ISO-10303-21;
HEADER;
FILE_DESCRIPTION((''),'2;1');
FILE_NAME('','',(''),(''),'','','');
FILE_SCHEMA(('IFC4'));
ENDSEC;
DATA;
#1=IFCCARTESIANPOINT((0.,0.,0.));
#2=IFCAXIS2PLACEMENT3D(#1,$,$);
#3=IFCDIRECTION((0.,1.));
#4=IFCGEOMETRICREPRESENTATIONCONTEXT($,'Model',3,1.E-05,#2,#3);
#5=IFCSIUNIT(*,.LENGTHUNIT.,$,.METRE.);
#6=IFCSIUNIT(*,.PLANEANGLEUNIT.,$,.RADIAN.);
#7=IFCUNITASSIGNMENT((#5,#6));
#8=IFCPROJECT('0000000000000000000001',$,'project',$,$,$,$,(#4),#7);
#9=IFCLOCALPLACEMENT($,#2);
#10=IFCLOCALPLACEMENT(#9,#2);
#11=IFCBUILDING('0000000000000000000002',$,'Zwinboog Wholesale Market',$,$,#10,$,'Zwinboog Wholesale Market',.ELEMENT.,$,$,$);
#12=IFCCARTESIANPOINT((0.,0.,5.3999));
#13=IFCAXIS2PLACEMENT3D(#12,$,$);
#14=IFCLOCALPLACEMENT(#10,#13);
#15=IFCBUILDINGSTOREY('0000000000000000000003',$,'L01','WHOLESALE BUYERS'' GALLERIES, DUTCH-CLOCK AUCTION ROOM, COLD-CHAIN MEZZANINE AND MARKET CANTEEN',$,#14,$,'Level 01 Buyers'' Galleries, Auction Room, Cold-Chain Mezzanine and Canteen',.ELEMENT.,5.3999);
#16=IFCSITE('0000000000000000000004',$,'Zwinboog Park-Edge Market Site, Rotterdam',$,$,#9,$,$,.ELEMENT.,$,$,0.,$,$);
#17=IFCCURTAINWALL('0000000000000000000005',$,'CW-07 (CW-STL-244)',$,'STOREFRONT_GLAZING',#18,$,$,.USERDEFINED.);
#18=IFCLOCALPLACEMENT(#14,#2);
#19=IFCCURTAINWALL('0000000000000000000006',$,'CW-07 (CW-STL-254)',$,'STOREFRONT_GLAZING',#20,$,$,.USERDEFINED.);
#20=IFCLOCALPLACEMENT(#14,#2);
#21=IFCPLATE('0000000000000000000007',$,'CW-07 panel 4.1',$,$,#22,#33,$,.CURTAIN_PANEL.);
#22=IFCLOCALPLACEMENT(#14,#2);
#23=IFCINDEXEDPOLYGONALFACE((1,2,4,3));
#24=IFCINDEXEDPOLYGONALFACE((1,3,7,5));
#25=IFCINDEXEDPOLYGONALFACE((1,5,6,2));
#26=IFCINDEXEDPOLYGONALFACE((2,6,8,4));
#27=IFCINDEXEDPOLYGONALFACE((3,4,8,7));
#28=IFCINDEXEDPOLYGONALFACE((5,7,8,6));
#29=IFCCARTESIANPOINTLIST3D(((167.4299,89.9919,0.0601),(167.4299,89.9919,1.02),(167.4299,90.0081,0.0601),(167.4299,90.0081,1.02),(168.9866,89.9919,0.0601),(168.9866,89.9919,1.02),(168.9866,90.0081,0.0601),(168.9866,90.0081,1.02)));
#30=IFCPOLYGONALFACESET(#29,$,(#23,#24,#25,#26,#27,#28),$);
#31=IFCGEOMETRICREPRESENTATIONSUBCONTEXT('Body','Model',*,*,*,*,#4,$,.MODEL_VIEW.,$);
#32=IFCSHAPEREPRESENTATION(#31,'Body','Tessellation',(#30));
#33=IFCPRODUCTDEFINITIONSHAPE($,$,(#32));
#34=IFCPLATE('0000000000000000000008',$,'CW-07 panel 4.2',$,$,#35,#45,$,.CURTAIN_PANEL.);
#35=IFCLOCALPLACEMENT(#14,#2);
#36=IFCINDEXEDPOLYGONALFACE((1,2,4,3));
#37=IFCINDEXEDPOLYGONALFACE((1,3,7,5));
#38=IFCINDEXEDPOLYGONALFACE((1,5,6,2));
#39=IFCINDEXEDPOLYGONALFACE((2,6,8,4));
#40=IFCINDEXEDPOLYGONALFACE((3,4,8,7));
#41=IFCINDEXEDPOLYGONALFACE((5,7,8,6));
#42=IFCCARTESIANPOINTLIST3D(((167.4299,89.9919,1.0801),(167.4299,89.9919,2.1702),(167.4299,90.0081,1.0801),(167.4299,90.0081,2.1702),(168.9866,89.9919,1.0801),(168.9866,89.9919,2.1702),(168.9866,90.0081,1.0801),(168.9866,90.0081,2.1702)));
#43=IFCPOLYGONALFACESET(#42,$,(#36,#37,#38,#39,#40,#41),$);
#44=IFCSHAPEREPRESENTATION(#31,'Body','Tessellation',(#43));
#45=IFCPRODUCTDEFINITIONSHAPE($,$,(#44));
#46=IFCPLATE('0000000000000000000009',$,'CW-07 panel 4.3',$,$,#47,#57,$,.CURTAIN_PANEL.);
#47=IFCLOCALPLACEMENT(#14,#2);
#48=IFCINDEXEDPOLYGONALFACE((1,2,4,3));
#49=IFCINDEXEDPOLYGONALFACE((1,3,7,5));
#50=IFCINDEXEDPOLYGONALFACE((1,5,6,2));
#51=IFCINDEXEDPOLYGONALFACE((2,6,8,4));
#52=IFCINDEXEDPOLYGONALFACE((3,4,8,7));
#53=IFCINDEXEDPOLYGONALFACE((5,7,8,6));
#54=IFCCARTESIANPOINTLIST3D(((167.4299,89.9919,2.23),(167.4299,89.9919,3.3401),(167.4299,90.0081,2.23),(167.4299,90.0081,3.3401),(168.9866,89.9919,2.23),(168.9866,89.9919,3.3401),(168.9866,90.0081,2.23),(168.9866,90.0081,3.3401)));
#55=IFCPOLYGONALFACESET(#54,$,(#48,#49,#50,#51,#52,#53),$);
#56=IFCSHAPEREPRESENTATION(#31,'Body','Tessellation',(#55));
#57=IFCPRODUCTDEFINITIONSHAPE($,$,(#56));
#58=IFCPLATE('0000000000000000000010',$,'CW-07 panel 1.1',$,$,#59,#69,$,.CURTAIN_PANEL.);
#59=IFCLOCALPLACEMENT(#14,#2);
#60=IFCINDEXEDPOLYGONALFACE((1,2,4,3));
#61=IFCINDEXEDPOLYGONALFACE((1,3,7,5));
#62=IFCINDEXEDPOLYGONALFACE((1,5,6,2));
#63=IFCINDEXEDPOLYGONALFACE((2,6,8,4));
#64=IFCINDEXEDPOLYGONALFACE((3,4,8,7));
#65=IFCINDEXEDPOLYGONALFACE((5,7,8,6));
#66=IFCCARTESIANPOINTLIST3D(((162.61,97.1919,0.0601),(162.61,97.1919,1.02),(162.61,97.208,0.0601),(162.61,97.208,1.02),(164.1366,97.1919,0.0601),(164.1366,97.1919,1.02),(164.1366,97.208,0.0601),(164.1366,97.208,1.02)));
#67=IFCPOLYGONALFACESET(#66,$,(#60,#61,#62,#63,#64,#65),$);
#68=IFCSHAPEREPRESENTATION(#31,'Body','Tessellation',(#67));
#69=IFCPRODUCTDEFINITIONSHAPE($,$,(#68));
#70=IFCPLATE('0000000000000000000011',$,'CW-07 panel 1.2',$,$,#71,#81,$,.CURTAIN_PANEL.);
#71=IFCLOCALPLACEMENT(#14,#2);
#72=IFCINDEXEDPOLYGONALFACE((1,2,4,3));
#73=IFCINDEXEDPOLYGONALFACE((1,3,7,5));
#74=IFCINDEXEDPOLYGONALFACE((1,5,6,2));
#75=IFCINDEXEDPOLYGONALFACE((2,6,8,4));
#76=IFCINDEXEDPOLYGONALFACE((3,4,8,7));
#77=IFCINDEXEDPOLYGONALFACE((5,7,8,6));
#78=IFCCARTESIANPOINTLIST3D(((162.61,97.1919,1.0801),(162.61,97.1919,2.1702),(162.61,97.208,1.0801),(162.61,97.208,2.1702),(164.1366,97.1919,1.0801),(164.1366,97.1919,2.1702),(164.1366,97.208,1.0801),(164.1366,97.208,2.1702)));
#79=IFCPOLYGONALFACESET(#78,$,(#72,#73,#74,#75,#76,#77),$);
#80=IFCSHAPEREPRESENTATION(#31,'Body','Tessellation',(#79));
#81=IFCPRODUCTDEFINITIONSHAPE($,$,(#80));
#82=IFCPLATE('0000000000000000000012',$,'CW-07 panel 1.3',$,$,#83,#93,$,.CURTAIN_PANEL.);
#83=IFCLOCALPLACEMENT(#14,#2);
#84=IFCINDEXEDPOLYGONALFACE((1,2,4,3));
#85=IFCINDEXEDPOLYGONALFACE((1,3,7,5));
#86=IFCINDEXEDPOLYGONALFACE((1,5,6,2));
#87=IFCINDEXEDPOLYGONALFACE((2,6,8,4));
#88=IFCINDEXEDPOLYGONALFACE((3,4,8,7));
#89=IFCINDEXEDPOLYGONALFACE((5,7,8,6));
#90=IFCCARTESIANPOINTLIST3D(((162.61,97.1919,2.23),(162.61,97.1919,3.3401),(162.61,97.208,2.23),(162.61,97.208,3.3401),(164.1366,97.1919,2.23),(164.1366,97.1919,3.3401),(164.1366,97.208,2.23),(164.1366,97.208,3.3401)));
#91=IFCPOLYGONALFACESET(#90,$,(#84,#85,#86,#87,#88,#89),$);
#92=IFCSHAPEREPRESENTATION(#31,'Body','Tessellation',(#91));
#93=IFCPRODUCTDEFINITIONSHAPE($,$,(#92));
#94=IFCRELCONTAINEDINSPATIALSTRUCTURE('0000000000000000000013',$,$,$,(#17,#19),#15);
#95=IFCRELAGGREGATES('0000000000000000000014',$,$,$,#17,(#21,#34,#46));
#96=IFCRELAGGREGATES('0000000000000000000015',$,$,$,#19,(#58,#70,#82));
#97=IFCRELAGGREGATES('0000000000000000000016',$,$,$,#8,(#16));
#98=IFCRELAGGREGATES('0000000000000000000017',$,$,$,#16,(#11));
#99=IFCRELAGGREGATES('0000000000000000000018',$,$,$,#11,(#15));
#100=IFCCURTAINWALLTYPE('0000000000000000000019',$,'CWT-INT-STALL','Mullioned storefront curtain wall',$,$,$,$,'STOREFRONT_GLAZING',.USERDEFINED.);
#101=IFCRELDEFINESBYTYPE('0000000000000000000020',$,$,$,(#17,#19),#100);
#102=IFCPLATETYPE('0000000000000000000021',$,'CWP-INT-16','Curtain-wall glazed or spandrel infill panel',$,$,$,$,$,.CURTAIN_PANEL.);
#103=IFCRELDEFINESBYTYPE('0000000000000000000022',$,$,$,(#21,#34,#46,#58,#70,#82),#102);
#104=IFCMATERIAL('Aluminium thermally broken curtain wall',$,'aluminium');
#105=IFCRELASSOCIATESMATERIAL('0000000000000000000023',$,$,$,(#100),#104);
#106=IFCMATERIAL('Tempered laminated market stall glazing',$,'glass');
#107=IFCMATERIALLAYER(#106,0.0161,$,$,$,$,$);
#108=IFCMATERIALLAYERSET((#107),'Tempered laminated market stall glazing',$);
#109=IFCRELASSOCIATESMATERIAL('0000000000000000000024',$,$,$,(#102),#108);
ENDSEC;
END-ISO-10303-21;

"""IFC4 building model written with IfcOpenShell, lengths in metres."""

from ifc_helpers import new_model, si_unit, direction, frame, origin, origin_2d, place, context, subcontext, project, spatial, rectangle, extrude, material, layer, layer_set, type_object, element, aggregate, save


model = new_model("IFC4")

# Units and contexts
model_context = context("Model", 3, precision=1e-05, world=origin(), true_north=direction((0.0, 1.0)))
body_context = subcontext(model_context, "Body", "Model", "MODEL_VIEW")
ifc_project = project(units=[si_unit("LENGTHUNIT", "METRE"), si_unit("PLANEANGLEUNIT", "RADIAN")], contexts=[model_context])

# Site, building, storey
site_placement = place(None, origin())
site = spatial("IfcSite", under=ifc_project, at=site_placement, Name="Zwinboog Park-Edge Market Site, Rotterdam", CompositionType="ELEMENT", RefElevation=0.0)
building_placement = place(site_placement, origin())
building = spatial("IfcBuilding", under=site, at=building_placement, Name="Zwinboog Wholesale Market", LongName="Zwinboog Wholesale Market", CompositionType="ELEMENT")
storey_placement = place(building_placement, frame((0.0, 0.0, 5.3999)))
storey = spatial("IfcBuildingStorey", under=building, at=storey_placement, Name="L01", Description="WHOLESALE BUYERS' GALLERIES, DUTCH-CLOCK AUCTION ROOM, COLD-CHAIN MEZZANINE AND MARKET CANTEEN", LongName="Level 01 Buyers' Galleries, Auction Room, Cold-Chain Mezzanine and Canteen", CompositionType="ELEMENT", Elevation=5.3999)

# Curtain wall
ifc_material_1 = material(Name="Aluminium thermally broken curtain wall", Category="aluminium")
curtain_wall_type = type_object("IfcCurtainWallType", Name="CWT-INT-STALL", Description="Mullioned storefront curtain wall", ElementType="STOREFRONT_GLAZING", PredefinedType="USERDEFINED", material=ifc_material_1)
curtain_wall_1_placement = place(storey_placement, origin())
curtain_wall_1 = element("IfcCurtainWall", 1, at=curtain_wall_1_placement, inside=storey, type_object=curtain_wall_type, Name="CW-07 (CW-STL-244)", ObjectType="STOREFRONT_GLAZING", PredefinedType="USERDEFINED")

# Curtain wall
curtain_wall_2_placement = place(storey_placement, origin())
curtain_wall_2 = element("IfcCurtainWall", 2, at=curtain_wall_2_placement, inside=storey, type_object=curtain_wall_type, Name="CW-07 (CW-STL-254)", ObjectType="STOREFRONT_GLAZING", PredefinedType="USERDEFINED")

# Plates
ifc_material_2 = material(Name="Tempered laminated market stall glazing", Category="glass")
ifc_layer = layer(ifc_material_2, 0.0161)
ifc_layer_set = layer_set([ifc_layer], Name="Tempered laminated market stall glazing")
plate_type = type_object("IfcPlateType", Name="CWP-INT-16", Description="Curtain-wall glazed or spandrel infill panel", PredefinedType="CURTAIN_PANEL", material=ifc_layer_set)
plate_1_placement = place(storey_placement, frame((168.2083, 90.0, 0.0601), z_axis=(0.0, 0.0, 1.0), x_axis=(1.0, 0.0, 0.0)))
plate_1 = element("IfcPlate", 3, at=plate_1_placement, type_object=plate_type, Name="CW-07 panel 4.1", PredefinedType="CURTAIN_PANEL", context=body_context, shape_type="SweptSolid", body=[
    extrude(rectangle(XDim=1.5566, YDim=0.0161, at=origin_2d()), origin(), (0.0, 0.0, 1.0), 0.96),
])
plate_2_placement = place(storey_placement, frame((168.2083, 90.0, 1.0801), z_axis=(0.0, 0.0, 1.0), x_axis=(1.0, 0.0, 0.0)))
plate_2 = element("IfcPlate", 4, at=plate_2_placement, type_object=plate_type, Name="CW-07 panel 4.2", PredefinedType="CURTAIN_PANEL", context=body_context, shape_type="SweptSolid", body=[
    extrude(rectangle(XDim=1.5566, YDim=0.0161, at=origin_2d()), origin(), (0.0, 0.0, 1.0), 1.0901),
])
plate_3_placement = place(storey_placement, frame((168.2083, 90.0, 2.23), z_axis=(0.0, 0.0, 1.0), x_axis=(1.0, 0.0, 0.0)))
plate_3 = element("IfcPlate", 5, at=plate_3_placement, type_object=plate_type, Name="CW-07 panel 4.3", PredefinedType="CURTAIN_PANEL", context=body_context, shape_type="SweptSolid", body=[
    extrude(rectangle(XDim=1.5566, YDim=0.0161, at=origin_2d()), origin(), (0.0, 0.0, 1.0), 1.1101),
])
aggregate(curtain_wall_1, [plate_1, plate_2, plate_3])
plate_4_placement = place(storey_placement, frame((163.3733, 97.2, 0.0601), z_axis=(0.0, 0.0, 1.0), x_axis=(1.0, 0.0, 0.0)))
plate_4 = element("IfcPlate", 6, at=plate_4_placement, type_object=plate_type, Name="CW-07 panel 1.1", PredefinedType="CURTAIN_PANEL", context=body_context, shape_type="SweptSolid", body=[
    extrude(rectangle(XDim=1.5266, YDim=0.0161, at=origin_2d()), origin(), (0.0, 0.0, 1.0), 0.96),
])
plate_5_placement = place(storey_placement, frame((163.3733, 97.2, 1.0801), z_axis=(0.0, 0.0, 1.0), x_axis=(1.0, 0.0, 0.0)))
plate_5 = element("IfcPlate", 7, at=plate_5_placement, type_object=plate_type, Name="CW-07 panel 1.2", PredefinedType="CURTAIN_PANEL", context=body_context, shape_type="SweptSolid", body=[
    extrude(rectangle(XDim=1.5266, YDim=0.0161, at=origin_2d()), origin(), (0.0, 0.0, 1.0), 1.0901),
])
plate_6_placement = place(storey_placement, frame((163.3733, 97.2, 2.23), z_axis=(0.0, 0.0, 1.0), x_axis=(1.0, 0.0, 0.0)))
plate_6 = element("IfcPlate", 8, at=plate_6_placement, type_object=plate_type, Name="CW-07 panel 1.3", PredefinedType="CURTAIN_PANEL", context=body_context, shape_type="SweptSolid", body=[
    extrude(rectangle(XDim=1.5266, YDim=0.0161, at=origin_2d()), origin(), (0.0, 0.0, 1.0), 1.1101),
])
aggregate(curtain_wall_2, [plate_4, plate_5, plate_6])

save(model, "model.ifc")
